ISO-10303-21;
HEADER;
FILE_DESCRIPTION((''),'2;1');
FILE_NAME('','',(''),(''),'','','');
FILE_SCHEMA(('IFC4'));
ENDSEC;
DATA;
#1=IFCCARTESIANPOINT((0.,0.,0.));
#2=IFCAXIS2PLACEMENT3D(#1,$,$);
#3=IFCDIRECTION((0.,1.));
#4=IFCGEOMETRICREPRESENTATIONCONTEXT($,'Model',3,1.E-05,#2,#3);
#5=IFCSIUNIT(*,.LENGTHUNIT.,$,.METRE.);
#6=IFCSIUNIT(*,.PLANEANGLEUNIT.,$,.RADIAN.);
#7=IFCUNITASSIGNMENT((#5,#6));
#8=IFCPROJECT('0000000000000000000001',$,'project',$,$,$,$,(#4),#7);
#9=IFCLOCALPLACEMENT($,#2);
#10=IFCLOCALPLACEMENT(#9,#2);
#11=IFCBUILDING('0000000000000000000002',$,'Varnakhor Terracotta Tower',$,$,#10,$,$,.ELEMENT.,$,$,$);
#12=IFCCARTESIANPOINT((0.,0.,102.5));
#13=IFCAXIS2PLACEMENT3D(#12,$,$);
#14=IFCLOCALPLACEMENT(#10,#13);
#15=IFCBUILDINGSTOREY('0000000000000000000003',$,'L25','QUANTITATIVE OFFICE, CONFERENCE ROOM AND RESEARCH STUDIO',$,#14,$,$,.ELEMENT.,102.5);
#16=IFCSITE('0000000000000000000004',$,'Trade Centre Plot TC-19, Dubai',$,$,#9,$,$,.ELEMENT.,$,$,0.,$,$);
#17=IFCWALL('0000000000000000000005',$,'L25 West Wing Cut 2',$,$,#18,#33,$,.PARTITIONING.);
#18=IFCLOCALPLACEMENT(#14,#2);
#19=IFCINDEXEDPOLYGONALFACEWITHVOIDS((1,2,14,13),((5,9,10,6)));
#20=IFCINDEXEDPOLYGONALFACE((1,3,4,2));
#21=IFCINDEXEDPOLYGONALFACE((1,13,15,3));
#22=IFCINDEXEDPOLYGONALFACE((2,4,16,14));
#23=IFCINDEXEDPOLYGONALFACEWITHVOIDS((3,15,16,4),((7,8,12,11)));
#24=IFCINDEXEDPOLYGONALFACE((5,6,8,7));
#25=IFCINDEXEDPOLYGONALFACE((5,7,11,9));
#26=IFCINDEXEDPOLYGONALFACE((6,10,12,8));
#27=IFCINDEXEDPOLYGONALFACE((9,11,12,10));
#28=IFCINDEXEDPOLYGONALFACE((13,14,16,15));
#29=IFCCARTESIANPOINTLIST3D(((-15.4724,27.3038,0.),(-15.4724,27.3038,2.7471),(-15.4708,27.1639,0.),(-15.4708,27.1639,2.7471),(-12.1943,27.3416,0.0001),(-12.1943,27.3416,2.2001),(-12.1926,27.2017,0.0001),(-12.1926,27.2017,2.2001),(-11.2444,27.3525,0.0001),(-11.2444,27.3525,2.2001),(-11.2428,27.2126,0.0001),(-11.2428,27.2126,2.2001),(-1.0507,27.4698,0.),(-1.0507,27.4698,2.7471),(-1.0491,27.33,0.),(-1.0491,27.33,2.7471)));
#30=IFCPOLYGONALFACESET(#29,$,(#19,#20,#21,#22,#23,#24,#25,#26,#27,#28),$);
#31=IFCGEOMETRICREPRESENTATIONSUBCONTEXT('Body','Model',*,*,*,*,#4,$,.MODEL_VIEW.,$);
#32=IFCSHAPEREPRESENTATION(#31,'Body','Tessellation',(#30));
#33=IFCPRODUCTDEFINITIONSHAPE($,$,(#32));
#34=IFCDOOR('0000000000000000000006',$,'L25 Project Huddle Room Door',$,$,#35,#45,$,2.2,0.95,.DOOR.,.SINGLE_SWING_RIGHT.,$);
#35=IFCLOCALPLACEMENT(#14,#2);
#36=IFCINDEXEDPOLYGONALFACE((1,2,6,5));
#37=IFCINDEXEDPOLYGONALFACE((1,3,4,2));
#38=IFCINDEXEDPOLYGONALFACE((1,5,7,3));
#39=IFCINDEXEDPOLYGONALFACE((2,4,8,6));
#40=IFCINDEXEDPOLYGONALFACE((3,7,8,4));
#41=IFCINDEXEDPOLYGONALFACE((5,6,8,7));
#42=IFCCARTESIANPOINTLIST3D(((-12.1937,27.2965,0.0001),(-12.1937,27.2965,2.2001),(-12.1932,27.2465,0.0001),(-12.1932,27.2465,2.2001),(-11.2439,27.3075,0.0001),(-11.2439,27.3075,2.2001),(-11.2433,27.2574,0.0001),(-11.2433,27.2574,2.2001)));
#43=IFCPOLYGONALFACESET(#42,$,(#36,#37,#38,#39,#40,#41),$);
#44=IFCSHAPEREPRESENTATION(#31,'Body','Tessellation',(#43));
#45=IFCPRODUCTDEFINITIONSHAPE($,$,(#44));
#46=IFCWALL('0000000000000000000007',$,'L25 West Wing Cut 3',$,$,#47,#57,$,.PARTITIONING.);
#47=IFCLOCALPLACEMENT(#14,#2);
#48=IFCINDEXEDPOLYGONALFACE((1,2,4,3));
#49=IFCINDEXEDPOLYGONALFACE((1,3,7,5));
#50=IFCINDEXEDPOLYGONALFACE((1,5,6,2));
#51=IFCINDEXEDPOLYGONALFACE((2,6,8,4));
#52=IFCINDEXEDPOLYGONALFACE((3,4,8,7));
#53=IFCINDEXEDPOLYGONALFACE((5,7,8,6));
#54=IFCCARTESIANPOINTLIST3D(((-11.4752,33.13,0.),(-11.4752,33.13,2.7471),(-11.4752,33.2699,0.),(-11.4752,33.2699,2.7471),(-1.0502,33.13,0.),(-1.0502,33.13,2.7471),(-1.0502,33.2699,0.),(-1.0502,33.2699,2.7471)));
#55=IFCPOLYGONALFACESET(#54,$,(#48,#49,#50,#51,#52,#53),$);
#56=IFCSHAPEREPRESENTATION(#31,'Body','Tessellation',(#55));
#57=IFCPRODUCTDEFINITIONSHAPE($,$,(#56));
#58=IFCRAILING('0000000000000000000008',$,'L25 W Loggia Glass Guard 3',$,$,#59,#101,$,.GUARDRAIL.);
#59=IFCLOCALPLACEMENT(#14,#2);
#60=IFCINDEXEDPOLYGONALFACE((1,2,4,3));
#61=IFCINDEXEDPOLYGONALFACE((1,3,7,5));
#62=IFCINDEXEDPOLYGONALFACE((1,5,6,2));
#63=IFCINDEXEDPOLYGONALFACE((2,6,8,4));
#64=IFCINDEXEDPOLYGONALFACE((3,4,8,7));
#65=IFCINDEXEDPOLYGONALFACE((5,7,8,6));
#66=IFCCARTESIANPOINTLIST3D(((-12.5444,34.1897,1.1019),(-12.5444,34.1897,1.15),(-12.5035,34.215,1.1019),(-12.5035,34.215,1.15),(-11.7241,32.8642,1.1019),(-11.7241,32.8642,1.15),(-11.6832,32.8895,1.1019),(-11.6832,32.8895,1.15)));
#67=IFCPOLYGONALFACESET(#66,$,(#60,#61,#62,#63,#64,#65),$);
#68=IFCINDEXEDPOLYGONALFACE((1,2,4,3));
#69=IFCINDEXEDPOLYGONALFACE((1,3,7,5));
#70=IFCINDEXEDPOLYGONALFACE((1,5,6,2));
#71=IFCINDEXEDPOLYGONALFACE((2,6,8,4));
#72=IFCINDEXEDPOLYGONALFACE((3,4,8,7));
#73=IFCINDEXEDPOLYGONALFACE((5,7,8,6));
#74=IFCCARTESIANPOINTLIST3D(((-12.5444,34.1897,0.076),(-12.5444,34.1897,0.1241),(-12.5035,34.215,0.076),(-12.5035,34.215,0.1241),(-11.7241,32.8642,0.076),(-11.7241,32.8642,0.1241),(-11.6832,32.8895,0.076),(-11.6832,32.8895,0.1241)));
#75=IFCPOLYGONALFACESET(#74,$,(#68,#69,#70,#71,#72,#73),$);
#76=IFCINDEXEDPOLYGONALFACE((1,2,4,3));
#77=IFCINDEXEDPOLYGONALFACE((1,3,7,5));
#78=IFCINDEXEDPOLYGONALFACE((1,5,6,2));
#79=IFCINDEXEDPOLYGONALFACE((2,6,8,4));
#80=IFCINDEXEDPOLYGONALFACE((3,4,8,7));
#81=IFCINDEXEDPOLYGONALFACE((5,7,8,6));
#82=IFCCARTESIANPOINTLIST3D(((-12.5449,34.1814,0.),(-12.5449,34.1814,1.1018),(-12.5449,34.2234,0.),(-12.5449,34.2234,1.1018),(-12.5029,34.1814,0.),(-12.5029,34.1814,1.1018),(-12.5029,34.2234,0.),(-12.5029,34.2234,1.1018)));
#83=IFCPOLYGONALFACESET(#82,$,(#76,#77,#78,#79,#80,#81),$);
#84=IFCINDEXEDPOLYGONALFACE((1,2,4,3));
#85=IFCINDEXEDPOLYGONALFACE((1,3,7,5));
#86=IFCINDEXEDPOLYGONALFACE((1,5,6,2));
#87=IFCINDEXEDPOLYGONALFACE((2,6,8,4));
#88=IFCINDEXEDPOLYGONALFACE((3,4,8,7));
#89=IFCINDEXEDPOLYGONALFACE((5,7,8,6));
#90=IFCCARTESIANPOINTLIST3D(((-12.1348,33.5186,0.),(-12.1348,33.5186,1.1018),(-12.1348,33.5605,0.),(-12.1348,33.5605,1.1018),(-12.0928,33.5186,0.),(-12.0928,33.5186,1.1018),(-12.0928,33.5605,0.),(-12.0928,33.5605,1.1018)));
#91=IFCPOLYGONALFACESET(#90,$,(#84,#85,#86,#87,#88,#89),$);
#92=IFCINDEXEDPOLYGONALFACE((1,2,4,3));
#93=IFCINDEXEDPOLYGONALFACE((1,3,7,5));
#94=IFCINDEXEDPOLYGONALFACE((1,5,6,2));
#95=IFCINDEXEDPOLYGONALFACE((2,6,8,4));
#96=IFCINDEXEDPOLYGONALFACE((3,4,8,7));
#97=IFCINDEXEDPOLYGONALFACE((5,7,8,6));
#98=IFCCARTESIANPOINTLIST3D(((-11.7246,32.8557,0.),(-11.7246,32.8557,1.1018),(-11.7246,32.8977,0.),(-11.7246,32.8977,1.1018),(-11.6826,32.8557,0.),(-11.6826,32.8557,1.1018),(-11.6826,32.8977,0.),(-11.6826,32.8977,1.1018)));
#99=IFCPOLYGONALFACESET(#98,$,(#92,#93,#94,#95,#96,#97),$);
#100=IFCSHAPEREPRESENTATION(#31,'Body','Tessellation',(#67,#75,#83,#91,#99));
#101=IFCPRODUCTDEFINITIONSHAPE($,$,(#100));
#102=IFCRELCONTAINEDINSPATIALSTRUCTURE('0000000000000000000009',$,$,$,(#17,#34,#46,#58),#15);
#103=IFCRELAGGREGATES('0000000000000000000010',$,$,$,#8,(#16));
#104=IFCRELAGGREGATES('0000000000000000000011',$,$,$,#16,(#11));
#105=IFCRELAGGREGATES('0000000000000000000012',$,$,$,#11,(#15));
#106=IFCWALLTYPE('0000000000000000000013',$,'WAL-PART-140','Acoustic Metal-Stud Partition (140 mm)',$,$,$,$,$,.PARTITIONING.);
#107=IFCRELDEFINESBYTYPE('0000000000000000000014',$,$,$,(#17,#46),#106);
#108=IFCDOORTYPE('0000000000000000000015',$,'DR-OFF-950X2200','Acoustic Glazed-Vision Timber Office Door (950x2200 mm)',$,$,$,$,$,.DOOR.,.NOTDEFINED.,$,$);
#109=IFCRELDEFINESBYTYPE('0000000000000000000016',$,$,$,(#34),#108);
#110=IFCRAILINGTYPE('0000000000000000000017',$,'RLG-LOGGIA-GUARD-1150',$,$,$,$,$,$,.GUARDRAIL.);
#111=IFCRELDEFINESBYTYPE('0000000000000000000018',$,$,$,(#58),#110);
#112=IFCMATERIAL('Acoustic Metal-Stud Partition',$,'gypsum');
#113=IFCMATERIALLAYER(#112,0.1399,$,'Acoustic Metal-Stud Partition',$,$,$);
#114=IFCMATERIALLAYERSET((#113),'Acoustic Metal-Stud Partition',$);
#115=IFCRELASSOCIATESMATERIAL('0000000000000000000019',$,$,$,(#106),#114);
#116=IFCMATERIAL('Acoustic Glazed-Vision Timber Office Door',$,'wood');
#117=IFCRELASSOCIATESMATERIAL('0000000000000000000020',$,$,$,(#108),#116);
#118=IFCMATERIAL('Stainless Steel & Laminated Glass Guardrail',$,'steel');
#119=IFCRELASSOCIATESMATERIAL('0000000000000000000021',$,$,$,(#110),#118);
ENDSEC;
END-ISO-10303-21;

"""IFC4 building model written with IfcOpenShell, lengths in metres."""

from ifc_helpers import new_model, si_unit, direction, frame, frame_2d, origin, origin_2d, place, context, subcontext, project, spatial, rectangle, extrude, source, transform, mapped, material, layer, layer_set, type_object, type_shapes, element, fill, save


model = new_model("IFC4")

# Units and contexts
model_context = context("Model", 3, precision=1e-05, world=origin(), true_north=direction((0.0, 1.0)))
body_context = subcontext(model_context, "Body", "Model", "MODEL_VIEW")
ifc_project = project(units=[si_unit("LENGTHUNIT", "METRE"), si_unit("PLANEANGLEUNIT", "RADIAN")], contexts=[model_context])

# Site, building, storey
site_placement = place(None, origin())
site = spatial("IfcSite", under=ifc_project, at=site_placement, Name="Trade Centre Plot TC-19, Dubai", CompositionType="ELEMENT", RefElevation=0.0)
building_placement = place(site_placement, origin())
building = spatial("IfcBuilding", under=site, at=building_placement, Name="Varnakhor Terracotta Tower", CompositionType="ELEMENT")
storey_placement = place(building_placement, frame((0.0, 0.0, 102.5)))
storey = spatial("IfcBuildingStorey", under=building, at=storey_placement, Name="L25", Description="QUANTITATIVE OFFICE, CONFERENCE ROOM AND RESEARCH STUDIO", CompositionType="ELEMENT", Elevation=102.5)

# Wall, opening, door
ifc_material_1 = material(Name="Acoustic Metal-Stud Partition", Category="gypsum")
ifc_layer_1 = layer(ifc_material_1, 0.1399, Name="Acoustic Metal-Stud Partition")
ifc_layer_set_1 = layer_set([ifc_layer_1], Name="Acoustic Metal-Stud Partition")
wall_type = type_object("IfcWallType", Name="WAL-PART-140", Description="Acoustic Metal-Stud Partition (140 mm)", PredefinedType="PARTITIONING", material=ifc_layer_set_1)
wall_1_placement = place(storey_placement, frame((-15.4717, 27.2339, 0.0), z_axis=(0.0, 0.0, 1.0), x_axis=(0.999934, 0.011511, 0.0)))
wall_1 = element("IfcWall", 1, at=wall_1_placement, inside=storey, type_object=wall_type, Name="L25 West Wing Cut 2", PredefinedType="PARTITIONING", context=body_context, shape_type="SweptSolid", body=[
    extrude(rectangle(XDim=14.4226, YDim=0.1399, at=frame_2d((7.2114, 0.0))), origin(), (0.0, 0.0, 1.0), 2.7471),
])
opening_placement = place(wall_1_placement, frame((3.2783, 0.0, 0.0)))
opening = element("IfcOpeningElement", 2, at=opening_placement, cuts=wall_1, PredefinedType="OPENING", context=body_context, shape_type="SweptSolid", body=[
    extrude(rectangle(XDim=0.95, YDim=2.2, at=frame_2d((0.4751, 1.1001))), frame((0.0, 0.0801, 0.0), z_axis=(0.0, -1.0, 0.0), x_axis=(1.0, 0.0, 0.0)), (0.0, 0.0, 1.0), 0.1599),
])
ifc_material_2 = material(Name="Acoustic Glazed-Vision Timber Office Door", Category="wood")
door_type = type_object("IfcDoorType", Name="DR-OFF-950X2200", Description="Acoustic Glazed-Vision Timber Office Door (950x2200 mm)", OperationType="NOTDEFINED", PredefinedType="DOOR", material=ifc_material_2)
shared_shape_1 = source(origin(), body_context, "Body", "SweptSolid", [
    extrude(rectangle(XDim=0.95, YDim=2.2, at=frame_2d((0.4751, 1.1001))), frame((0.0, 0.0249, 0.0), z_axis=(0.0, -1.0, 0.0), x_axis=(1.0, 0.0, 0.0)), (0.0, 0.0, 1.0), 0.05),
])
type_shapes(door_type, [shared_shape_1])
door_placement = place(opening_placement, origin())
door = element("IfcDoor", 3, at=door_placement, inside=storey, type_object=door_type, Name="L25 Project Huddle Room Door", OperationType="SINGLE_SWING_RIGHT", OverallHeight=2.2, OverallWidth=0.95, PredefinedType="DOOR", context=body_context, shape_type="MappedRepresentation", body=[
    mapped(shared_shape_1, transform((0.0, 0.0, 0.0), scale=1.0)),
])
fill(opening, door)

# Wall
wall_2_placement = place(storey_placement, frame((-11.4751, 33.2, 0.0), z_axis=(0.0, 0.0, 1.0), x_axis=(1.0, 0.0, 0.0)))
element("IfcWall", 4, at=wall_2_placement, inside=storey, type_object=wall_type, Name="L25 West Wing Cut 3", PredefinedType="PARTITIONING", context=body_context, shape_type="SweptSolid", body=[
    extrude(rectangle(XDim=10.425, YDim=0.1399, at=frame_2d((5.2124, 0.0))), origin(), (0.0, 0.0, 1.0), 2.7471),
])

# Railing
ifc_material_3 = material(Name="Stainless Steel & Laminated Glass Guardrail", Category="steel")
railing_type = type_object("IfcRailingType", Name="RLG-LOGGIA-GUARD-1150", PredefinedType="GUARDRAIL", material=ifc_material_3)
railing_placement = place(storey_placement, frame((-12.5239, 34.2024, 0.0)))
element("IfcRailing", 5, at=railing_placement, inside=storey, type_object=railing_type, Name="L25 W Loggia Glass Guard 3", PredefinedType="GUARDRAIL", context=body_context, shape_type="SweptSolid", body=[
    extrude(rectangle(XDim=0.0481, YDim=0.0481, at=origin_2d()), frame((0.0, 0.0, 1.126), z_axis=(0.526193, -0.850365, 0.0), x_axis=(0.850365, 0.526193, 0.0)), (0.0, 0.0, 1.0), 1.5588),
    extrude(rectangle(XDim=0.0481, YDim=0.0481, at=origin_2d()), frame((0.0, 0.0, 0.1001), z_axis=(0.526193, -0.850365, 0.0), x_axis=(0.850365, 0.526193, 0.0)), (0.0, 0.0, 1.0), 1.5588),
    extrude(rectangle(XDim=0.042, YDim=0.042, at=origin_2d()), origin(), (0.0, 0.0, 1.0), 1.1018),
    extrude(rectangle(XDim=0.042, YDim=0.042, at=origin_2d()), frame((0.4102, -0.6628, 0.0)), (0.0, 0.0, 1.0), 1.1018),
    extrude(rectangle(XDim=0.042, YDim=0.042, at=origin_2d()), frame((0.8203, -1.3257, 0.0)), (0.0, 0.0, 1.0), 1.1018),
])

save(model, "model.ifc")
